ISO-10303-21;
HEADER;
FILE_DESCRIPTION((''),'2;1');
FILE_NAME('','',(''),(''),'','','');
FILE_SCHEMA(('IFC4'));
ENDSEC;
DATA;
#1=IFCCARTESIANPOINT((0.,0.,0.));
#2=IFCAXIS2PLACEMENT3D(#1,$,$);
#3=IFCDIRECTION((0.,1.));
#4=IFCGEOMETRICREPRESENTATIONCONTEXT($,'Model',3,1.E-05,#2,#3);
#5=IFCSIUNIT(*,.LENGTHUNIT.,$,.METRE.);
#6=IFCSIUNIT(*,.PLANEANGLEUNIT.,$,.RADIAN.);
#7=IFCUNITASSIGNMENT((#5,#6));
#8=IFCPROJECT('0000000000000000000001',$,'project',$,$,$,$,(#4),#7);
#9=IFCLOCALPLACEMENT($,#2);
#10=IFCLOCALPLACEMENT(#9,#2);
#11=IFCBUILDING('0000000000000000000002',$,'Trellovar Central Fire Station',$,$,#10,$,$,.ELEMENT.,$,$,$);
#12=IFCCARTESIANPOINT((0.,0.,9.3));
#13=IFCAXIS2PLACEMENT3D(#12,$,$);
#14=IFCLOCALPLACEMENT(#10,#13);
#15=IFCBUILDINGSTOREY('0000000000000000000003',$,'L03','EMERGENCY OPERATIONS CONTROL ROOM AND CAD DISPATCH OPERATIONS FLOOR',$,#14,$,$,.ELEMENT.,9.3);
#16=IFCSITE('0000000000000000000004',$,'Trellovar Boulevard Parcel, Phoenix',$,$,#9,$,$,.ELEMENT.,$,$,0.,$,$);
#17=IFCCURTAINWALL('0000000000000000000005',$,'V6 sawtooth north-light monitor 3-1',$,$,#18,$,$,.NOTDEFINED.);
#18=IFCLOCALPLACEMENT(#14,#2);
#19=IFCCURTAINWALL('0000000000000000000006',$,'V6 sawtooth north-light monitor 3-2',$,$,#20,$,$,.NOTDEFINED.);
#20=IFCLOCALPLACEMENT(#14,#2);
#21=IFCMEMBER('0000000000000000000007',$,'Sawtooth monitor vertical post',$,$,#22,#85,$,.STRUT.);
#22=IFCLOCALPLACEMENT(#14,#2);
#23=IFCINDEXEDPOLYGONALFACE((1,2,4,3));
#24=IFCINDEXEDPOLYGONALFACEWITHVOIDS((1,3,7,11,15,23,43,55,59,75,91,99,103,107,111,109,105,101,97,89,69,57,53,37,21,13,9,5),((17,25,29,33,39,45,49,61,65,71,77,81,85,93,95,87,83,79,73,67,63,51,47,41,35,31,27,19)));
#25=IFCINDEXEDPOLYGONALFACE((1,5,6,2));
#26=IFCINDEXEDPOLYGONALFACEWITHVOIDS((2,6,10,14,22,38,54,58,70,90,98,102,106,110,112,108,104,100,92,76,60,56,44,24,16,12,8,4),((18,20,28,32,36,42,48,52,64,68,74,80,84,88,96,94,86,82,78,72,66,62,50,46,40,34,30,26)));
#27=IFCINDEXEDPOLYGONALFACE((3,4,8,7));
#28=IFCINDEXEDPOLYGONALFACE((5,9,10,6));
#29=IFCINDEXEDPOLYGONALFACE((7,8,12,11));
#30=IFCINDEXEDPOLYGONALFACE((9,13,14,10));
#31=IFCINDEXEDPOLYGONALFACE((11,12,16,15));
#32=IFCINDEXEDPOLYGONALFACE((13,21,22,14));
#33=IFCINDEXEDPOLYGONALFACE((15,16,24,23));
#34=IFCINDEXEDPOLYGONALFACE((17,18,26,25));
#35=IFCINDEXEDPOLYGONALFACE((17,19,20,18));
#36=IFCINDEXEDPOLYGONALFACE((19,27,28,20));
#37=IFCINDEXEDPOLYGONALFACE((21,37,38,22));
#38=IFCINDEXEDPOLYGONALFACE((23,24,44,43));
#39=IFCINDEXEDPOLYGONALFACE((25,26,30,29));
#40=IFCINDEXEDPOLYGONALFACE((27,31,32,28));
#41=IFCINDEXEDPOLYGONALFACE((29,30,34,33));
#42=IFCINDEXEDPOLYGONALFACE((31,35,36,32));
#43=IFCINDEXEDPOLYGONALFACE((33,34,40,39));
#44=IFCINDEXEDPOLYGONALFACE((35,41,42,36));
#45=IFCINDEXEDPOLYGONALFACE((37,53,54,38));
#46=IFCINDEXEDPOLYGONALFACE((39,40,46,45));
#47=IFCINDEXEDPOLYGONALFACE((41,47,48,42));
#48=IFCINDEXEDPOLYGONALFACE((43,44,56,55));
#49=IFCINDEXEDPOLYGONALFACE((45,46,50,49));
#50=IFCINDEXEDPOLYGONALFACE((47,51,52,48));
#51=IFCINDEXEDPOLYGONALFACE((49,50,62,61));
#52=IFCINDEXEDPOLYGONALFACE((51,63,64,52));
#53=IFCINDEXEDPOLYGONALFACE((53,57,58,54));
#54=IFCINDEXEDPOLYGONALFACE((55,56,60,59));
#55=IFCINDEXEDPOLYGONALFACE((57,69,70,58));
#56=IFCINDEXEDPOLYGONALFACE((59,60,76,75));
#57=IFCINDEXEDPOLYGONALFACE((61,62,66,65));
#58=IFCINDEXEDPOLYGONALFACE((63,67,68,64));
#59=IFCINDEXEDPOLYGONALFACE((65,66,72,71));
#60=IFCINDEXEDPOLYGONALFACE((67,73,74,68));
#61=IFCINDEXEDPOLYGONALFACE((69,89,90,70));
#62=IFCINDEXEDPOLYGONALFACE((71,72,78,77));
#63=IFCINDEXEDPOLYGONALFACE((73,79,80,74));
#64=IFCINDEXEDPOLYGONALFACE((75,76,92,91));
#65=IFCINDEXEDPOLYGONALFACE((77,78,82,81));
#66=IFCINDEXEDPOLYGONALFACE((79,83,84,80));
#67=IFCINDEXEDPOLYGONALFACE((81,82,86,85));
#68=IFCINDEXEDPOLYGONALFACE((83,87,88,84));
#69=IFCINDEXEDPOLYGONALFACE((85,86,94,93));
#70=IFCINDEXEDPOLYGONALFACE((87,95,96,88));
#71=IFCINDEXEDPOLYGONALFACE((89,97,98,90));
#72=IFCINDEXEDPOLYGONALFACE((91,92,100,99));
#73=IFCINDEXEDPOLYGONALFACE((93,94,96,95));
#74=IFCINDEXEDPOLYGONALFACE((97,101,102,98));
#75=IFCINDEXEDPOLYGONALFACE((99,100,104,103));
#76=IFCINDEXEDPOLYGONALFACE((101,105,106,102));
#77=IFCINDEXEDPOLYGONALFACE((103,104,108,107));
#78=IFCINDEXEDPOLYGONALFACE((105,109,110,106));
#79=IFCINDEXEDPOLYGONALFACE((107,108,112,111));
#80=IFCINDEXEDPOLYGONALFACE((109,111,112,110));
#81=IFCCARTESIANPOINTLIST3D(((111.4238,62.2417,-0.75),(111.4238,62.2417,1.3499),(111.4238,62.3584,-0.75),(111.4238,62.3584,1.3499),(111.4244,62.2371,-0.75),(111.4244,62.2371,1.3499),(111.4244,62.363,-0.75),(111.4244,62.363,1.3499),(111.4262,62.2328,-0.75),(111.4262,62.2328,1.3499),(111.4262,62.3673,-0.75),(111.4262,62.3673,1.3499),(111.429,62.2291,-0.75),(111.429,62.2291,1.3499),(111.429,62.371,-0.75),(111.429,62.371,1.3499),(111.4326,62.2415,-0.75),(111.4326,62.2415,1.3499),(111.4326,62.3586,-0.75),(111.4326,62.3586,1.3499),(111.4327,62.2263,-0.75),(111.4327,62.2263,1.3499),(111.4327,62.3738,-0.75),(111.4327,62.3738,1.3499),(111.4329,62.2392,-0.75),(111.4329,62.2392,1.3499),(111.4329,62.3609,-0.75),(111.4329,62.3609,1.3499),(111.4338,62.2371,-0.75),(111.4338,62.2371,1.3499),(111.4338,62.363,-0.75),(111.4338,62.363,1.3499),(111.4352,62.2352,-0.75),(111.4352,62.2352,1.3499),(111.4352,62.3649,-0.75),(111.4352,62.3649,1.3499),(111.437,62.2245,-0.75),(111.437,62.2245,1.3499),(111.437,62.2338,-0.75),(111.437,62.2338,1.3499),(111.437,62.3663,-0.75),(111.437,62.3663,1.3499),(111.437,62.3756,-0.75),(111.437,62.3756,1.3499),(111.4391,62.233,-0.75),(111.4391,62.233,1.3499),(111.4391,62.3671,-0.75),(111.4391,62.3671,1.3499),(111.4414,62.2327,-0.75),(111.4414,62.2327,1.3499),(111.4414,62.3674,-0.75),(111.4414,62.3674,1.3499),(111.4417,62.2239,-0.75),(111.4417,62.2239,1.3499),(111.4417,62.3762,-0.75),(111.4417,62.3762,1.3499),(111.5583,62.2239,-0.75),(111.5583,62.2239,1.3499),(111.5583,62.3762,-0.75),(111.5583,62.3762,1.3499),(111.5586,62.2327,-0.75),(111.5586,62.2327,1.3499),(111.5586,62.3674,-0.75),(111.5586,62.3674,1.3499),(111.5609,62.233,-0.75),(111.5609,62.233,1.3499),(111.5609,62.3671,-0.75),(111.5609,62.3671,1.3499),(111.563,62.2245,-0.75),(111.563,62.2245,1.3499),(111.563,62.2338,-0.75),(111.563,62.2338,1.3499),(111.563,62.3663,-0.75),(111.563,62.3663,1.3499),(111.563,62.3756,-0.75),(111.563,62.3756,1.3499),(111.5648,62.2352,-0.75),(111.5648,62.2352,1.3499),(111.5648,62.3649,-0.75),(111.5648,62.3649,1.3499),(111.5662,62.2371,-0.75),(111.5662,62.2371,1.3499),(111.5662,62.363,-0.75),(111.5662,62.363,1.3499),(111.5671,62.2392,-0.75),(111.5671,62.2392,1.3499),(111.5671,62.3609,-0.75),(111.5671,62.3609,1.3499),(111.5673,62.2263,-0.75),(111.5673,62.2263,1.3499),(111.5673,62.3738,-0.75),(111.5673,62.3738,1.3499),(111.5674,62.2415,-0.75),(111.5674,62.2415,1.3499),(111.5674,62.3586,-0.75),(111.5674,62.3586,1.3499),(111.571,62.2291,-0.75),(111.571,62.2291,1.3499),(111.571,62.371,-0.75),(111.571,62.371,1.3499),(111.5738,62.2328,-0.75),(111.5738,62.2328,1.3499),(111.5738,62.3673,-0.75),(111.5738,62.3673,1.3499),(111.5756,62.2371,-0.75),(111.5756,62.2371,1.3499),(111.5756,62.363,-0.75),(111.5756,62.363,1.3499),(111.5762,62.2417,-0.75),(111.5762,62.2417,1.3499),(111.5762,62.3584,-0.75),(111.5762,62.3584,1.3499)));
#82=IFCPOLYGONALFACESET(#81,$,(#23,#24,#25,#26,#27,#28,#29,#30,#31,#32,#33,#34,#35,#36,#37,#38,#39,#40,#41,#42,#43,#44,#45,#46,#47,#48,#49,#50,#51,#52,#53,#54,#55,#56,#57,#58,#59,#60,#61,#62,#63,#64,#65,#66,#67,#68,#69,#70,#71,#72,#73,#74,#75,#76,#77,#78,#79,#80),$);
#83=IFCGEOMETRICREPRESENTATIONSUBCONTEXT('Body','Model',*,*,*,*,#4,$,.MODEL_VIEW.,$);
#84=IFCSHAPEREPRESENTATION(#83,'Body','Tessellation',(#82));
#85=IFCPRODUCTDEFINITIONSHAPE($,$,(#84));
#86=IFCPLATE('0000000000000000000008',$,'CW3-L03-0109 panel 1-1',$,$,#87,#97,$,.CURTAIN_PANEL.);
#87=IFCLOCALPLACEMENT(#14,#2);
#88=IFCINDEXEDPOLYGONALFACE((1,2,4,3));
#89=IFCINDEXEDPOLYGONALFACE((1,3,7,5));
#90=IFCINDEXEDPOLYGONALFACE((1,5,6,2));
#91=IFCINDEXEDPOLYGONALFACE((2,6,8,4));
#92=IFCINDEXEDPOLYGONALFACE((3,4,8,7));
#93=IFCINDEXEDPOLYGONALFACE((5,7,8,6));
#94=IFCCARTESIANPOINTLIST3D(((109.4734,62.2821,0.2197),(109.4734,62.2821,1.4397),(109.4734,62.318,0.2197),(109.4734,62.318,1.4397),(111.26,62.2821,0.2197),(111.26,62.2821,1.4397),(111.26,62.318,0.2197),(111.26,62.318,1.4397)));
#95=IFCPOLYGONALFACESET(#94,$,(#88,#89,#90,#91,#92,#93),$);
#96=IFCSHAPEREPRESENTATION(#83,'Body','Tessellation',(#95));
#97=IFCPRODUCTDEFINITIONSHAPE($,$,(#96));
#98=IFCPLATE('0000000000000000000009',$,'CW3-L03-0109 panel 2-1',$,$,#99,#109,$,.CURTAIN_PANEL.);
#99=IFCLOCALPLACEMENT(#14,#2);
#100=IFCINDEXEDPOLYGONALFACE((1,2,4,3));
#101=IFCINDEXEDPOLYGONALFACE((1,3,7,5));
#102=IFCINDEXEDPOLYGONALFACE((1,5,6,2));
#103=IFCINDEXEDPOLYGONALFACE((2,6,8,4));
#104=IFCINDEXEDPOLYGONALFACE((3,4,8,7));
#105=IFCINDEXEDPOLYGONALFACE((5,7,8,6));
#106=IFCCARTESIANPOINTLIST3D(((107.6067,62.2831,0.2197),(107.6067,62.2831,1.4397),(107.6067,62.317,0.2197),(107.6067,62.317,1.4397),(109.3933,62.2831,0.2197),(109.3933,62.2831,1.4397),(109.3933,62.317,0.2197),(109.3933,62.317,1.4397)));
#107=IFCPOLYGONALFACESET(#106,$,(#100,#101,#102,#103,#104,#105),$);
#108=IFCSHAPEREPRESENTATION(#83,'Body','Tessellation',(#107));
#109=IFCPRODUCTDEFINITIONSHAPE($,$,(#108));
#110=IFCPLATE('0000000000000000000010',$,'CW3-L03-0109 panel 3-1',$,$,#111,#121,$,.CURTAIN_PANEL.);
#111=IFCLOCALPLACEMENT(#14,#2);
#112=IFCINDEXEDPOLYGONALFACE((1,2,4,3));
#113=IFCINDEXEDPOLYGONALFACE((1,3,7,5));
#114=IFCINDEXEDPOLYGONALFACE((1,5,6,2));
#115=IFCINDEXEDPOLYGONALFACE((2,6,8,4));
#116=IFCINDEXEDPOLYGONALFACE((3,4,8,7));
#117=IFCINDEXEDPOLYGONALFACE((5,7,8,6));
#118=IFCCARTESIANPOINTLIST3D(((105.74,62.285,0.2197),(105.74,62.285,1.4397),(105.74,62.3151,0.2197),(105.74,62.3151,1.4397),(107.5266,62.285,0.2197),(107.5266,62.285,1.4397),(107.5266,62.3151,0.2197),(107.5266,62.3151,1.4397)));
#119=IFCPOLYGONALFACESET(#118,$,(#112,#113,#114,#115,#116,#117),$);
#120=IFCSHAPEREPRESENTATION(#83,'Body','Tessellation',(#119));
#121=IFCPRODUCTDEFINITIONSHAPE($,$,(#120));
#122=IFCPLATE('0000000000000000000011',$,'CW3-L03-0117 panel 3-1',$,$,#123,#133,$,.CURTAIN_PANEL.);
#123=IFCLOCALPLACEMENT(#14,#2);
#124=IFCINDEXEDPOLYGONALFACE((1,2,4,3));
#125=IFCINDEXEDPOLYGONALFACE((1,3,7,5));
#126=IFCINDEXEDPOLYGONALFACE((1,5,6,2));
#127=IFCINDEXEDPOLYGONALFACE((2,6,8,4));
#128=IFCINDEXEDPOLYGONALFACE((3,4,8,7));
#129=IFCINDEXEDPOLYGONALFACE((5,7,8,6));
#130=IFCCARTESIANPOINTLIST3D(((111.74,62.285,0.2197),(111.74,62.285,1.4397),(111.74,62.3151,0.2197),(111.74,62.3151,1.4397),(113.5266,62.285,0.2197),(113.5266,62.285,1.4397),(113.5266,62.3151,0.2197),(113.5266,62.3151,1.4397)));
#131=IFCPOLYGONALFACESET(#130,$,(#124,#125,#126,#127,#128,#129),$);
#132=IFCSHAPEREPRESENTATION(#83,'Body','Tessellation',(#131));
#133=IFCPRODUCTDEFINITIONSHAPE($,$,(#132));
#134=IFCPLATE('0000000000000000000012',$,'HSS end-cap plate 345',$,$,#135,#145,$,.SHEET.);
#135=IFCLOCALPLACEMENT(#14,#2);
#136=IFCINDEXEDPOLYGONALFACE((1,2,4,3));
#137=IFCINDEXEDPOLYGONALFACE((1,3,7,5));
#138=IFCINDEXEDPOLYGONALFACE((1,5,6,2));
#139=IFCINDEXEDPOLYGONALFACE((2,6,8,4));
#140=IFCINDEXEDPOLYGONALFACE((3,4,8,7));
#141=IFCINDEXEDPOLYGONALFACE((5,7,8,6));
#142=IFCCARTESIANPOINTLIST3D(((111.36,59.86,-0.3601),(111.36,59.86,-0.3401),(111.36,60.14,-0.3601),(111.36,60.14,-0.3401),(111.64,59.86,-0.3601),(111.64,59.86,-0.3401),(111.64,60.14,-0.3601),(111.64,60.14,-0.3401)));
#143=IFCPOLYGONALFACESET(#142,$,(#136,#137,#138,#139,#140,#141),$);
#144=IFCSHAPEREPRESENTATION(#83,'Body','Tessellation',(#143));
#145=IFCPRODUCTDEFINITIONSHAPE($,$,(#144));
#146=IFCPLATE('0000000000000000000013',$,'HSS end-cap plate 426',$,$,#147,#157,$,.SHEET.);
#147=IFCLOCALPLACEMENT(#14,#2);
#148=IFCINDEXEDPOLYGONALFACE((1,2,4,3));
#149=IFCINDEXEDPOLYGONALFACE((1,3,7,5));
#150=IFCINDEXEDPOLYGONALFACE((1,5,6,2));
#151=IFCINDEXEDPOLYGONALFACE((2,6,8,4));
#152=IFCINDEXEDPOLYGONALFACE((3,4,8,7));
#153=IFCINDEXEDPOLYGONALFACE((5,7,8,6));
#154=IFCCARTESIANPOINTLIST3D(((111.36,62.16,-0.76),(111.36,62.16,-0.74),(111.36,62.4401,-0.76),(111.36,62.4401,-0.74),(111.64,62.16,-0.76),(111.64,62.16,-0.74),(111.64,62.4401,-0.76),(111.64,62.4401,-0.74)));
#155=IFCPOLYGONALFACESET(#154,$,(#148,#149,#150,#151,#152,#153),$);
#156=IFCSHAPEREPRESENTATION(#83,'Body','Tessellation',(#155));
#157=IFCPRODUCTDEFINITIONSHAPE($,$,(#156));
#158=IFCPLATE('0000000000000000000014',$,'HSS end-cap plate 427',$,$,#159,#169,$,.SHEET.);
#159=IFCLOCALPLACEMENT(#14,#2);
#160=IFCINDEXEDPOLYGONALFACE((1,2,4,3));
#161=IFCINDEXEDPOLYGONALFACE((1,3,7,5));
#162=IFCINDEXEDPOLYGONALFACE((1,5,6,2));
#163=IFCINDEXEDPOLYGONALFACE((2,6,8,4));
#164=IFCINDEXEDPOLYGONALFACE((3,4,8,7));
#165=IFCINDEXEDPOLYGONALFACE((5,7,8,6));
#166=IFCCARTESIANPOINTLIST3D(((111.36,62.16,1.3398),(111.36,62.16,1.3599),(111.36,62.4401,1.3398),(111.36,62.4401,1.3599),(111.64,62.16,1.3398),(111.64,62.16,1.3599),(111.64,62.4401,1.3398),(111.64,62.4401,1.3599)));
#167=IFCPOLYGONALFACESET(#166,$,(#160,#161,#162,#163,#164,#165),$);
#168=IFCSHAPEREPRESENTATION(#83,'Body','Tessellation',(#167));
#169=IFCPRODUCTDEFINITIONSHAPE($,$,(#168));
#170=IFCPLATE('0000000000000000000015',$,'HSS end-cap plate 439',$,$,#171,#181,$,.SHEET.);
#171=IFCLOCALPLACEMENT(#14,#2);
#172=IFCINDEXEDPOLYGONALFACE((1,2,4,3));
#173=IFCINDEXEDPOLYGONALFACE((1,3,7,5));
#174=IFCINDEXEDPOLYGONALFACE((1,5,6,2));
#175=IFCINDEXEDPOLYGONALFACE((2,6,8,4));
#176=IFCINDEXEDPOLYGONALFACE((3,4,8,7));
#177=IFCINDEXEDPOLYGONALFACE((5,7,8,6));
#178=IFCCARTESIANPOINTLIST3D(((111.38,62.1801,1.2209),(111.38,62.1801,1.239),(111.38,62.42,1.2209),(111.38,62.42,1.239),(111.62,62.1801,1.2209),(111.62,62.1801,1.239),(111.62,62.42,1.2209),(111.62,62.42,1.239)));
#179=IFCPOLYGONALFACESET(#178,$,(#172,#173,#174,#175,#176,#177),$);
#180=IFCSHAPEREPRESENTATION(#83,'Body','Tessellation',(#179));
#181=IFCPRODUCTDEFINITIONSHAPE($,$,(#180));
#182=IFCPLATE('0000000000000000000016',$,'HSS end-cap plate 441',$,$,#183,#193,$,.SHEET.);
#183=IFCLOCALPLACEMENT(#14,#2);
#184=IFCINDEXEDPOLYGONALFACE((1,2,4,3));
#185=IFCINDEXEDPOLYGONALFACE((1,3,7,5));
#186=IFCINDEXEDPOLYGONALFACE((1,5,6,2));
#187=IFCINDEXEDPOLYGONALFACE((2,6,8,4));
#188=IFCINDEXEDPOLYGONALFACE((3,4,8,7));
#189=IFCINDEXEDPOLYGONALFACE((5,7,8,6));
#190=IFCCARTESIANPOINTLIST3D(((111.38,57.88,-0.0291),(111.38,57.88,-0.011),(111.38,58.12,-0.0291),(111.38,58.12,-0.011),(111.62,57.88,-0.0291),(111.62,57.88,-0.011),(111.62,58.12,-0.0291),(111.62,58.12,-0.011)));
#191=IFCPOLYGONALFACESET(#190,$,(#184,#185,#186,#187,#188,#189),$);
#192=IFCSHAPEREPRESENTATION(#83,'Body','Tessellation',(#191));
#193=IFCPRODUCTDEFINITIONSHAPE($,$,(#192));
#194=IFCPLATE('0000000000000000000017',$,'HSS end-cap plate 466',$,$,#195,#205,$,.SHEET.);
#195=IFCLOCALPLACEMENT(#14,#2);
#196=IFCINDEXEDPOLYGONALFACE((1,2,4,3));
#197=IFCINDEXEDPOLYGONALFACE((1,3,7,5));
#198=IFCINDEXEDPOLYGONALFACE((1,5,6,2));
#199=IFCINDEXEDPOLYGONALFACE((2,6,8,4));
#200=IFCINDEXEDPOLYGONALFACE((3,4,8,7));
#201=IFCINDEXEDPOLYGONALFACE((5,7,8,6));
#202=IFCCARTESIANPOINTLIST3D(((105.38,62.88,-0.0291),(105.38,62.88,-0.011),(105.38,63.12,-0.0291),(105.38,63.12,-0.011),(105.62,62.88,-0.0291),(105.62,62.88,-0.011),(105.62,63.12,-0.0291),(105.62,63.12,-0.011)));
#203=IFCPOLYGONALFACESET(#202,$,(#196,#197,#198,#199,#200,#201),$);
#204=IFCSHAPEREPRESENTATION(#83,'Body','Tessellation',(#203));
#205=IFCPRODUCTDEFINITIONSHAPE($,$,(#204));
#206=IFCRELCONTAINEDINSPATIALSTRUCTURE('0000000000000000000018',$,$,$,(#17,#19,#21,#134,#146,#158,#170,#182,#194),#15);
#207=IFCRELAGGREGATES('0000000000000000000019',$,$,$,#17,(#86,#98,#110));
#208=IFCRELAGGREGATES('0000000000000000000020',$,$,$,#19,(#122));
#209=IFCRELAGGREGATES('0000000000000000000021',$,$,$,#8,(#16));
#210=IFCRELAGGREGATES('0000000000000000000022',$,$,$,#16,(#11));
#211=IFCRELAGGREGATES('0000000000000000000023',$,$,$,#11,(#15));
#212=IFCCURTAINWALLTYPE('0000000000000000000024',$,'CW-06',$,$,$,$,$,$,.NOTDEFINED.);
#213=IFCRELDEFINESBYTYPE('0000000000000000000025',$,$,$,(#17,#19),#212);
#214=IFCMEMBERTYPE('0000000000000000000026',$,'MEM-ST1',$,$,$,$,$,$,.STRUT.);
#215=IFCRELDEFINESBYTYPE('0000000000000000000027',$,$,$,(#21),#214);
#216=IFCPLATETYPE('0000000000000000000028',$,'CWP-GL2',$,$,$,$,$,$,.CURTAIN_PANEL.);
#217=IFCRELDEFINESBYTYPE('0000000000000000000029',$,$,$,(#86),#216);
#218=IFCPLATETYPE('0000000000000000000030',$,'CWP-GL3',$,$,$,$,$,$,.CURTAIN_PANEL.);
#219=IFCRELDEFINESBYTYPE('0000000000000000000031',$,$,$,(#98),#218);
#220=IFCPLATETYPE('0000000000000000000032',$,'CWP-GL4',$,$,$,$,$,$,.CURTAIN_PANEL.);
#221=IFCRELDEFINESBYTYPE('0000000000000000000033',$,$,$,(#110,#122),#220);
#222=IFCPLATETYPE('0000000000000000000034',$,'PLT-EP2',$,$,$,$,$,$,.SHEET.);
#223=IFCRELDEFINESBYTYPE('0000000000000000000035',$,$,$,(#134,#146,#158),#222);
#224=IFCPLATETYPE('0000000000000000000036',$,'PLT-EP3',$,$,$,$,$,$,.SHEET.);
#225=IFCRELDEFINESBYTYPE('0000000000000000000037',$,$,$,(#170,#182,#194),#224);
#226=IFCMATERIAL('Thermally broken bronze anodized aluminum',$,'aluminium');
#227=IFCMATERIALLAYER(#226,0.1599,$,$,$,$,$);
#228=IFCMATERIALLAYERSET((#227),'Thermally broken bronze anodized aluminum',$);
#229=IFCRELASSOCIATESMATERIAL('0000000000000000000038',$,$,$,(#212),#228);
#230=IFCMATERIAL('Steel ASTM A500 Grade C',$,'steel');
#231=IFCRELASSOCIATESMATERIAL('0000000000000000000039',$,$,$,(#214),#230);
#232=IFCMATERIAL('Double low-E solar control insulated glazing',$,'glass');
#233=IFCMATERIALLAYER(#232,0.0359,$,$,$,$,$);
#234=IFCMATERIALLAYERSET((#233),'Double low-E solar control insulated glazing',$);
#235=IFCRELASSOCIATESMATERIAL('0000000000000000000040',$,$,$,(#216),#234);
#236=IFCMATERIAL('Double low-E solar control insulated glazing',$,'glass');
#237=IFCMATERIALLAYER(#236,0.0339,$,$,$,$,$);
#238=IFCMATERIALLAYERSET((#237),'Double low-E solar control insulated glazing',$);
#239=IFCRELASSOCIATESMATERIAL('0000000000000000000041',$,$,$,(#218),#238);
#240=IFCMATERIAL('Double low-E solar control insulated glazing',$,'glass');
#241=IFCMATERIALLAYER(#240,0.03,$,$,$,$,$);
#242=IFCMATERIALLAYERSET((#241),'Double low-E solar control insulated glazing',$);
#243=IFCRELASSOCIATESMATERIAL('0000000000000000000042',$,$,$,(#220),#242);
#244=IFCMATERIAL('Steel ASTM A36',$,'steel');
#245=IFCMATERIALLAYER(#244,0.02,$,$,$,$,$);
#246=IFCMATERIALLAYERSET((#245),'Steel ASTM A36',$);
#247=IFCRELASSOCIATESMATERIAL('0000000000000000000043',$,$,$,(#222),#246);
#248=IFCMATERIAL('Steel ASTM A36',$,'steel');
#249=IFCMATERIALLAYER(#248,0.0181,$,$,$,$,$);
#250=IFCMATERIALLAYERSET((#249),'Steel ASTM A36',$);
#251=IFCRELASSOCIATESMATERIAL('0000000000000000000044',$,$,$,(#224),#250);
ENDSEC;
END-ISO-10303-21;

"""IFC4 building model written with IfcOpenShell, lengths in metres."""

from ifc_helpers import new_model, si_unit, direction, frame, origin, origin_2d, place, context, subcontext, project, spatial, rectangle, hollow_rectangle, extrude, material, layer, layer_set, material_profile, profile_set, type_object, element, aggregate, save


model = new_model("IFC4")

# Units and contexts
model_context = context("Model", 3, precision=1e-05, world=origin(), true_north=direction((0.0, 1.0)))
body_context = subcontext(model_context, "Body", "Model", "MODEL_VIEW")
ifc_project = project(units=[si_unit("LENGTHUNIT", "METRE"), si_unit("PLANEANGLEUNIT", "RADIAN")], contexts=[model_context])

# Site, building, storey
site_placement = place(None, origin())
site = spatial("IfcSite", under=ifc_project, at=site_placement, Name="Trellovar Boulevard Parcel, Phoenix", CompositionType="ELEMENT", RefElevation=0.0)
building_placement = place(site_placement, origin())
building = spatial("IfcBuilding", under=site, at=building_placement, Name="Trellovar Central Fire Station", CompositionType="ELEMENT")
storey_placement = place(building_placement, frame((0.0, 0.0, 9.3)))
storey = spatial("IfcBuildingStorey", under=building, at=storey_placement, Name="L03", Description="EMERGENCY OPERATIONS CONTROL ROOM AND CAD DISPATCH OPERATIONS FLOOR", CompositionType="ELEMENT", Elevation=9.3)

# Curtain wall
ifc_material_1 = material(Name="Thermally broken bronze anodized aluminum", Category="aluminium")
ifc_layer_1 = layer(ifc_material_1, 0.1599)
ifc_layer_set_1 = layer_set([ifc_layer_1], Name="Thermally broken bronze anodized aluminum")
curtain_wall_type = type_object("IfcCurtainWallType", Name="CW-06", PredefinedType="NOTDEFINED", material=ifc_layer_set_1)
curtain_wall_1_placement = place(storey_placement, origin())
curtain_wall_1 = element("IfcCurtainWall", 1, at=curtain_wall_1_placement, inside=storey, type_object=curtain_wall_type, Name="V6 sawtooth north-light monitor 3-1", PredefinedType="NOTDEFINED")

# Curtain wall
curtain_wall_2_placement = place(storey_placement, origin())
curtain_wall_2 = element("IfcCurtainWall", 2, at=curtain_wall_2_placement, inside=storey, type_object=curtain_wall_type, Name="V6 sawtooth north-light monitor 3-2", PredefinedType="NOTDEFINED")

# Member
ifc_material_2 = material(Name="Steel ASTM A500 Grade C", Category="steel")
ifc_material_profile_1 = material_profile(ifc_material_2, hollow_rectangle(XDim=0.1523, YDim=0.1523, WallThickness=0.0088, InnerFilletRadius=0.0088, OuterFilletRadius=0.0178, at=origin_2d()), Name="HSS6X6X3/8")
ifc_profile_set_1 = profile_set([ifc_material_profile_1], Name="Steel ASTM A500 Grade C")
member_type_1 = type_object("IfcMemberType", Name="MEM-ST1", PredefinedType="STRUT", material=ifc_profile_set_1)
member_1_placement = place(storey_placement, frame((111.5, 62.3, -0.75), z_axis=(0.0, 0.0, 1.0), x_axis=(1.0, 0.0, 0.0)))
element("IfcMember", 3, at=member_1_placement, inside=storey, type_object=member_type_1, Name="Sawtooth monitor vertical post", PredefinedType="STRUT", context=body_context, shape_type="SweptSolid", body=[
    extrude(hollow_rectangle(XDim=0.1523, YDim=0.1523, WallThickness=0.0088, InnerFilletRadius=0.0088, OuterFilletRadius=0.0178, at=origin_2d()), origin(), (0.0, 0.0, 1.0), 2.0999),
])

# Plates
ifc_material_3 = material(Name="Double low-E solar control insulated glazing", Category="glass")
ifc_layer_2 = layer(ifc_material_3, 0.0359)
ifc_layer_set_2 = layer_set([ifc_layer_2], Name="Double low-E solar control insulated glazing")
plate_type_1 = type_object("IfcPlateType", Name="CWP-GL2", PredefinedType="CURTAIN_PANEL", material=ifc_layer_set_2)
plate_1_placement = place(storey_placement, frame((110.3667, 62.3, 0.2197), z_axis=(0.0, 0.0, 1.0), x_axis=(-1.0, 0.0, 0.0)))
plate_1 = element("IfcPlate", 4, at=plate_1_placement, type_object=plate_type_1, Name="CW3-L03-0109 panel 1-1", PredefinedType="CURTAIN_PANEL", context=body_context, shape_type="SweptSolid", body=[
    extrude(rectangle(XDim=1.7866, YDim=0.0359, at=origin_2d()), origin(), (0.0, 0.0, 1.0), 1.22),
])
ifc_material_4 = material(Name="Double low-E solar control insulated glazing", Category="glass")
ifc_layer_3 = layer(ifc_material_4, 0.0339)
ifc_layer_set_3 = layer_set([ifc_layer_3], Name="Double low-E solar control insulated glazing")
plate_type_2 = type_object("IfcPlateType", Name="CWP-GL3", PredefinedType="CURTAIN_PANEL", material=ifc_layer_set_3)
plate_2_placement = place(storey_placement, frame((108.5, 62.3, 0.2197), z_axis=(0.0, 0.0, 1.0), x_axis=(-1.0, 0.0, 0.0)))
plate_2 = element("IfcPlate", 5, at=plate_2_placement, type_object=plate_type_2, Name="CW3-L03-0109 panel 2-1", PredefinedType="CURTAIN_PANEL", context=body_context, shape_type="SweptSolid", body=[
    extrude(rectangle(XDim=1.7866, YDim=0.0339, at=origin_2d()), origin(), (0.0, 0.0, 1.0), 1.22),
])
ifc_material_5 = material(Name="Double low-E solar control insulated glazing", Category="glass")
ifc_layer_4 = layer(ifc_material_5, 0.03)
ifc_layer_set_4 = layer_set([ifc_layer_4], Name="Double low-E solar control insulated glazing")
plate_type_3 = type_object("IfcPlateType", Name="CWP-GL4", PredefinedType="CURTAIN_PANEL", material=ifc_layer_set_4)
plate_3_placement = place(storey_placement, frame((106.6333, 62.3, 0.2197), z_axis=(0.0, 0.0, 1.0), x_axis=(-1.0, 0.0, 0.0)))
plate_3 = element("IfcPlate", 6, at=plate_3_placement, type_object=plate_type_3, Name="CW3-L03-0109 panel 3-1", PredefinedType="CURTAIN_PANEL", context=body_context, shape_type="SweptSolid", body=[
    extrude(rectangle(XDim=1.7866, YDim=0.03, at=origin_2d()), origin(), (0.0, 0.0, 1.0), 1.22),
])
aggregate(curtain_wall_1, [plate_1, plate_2, plate_3])
plate_4_placement = place(storey_placement, frame((112.6333, 62.3, 0.2197), z_axis=(0.0, 0.0, 1.0), x_axis=(-1.0, 0.0, 0.0)))
plate_4 = element("IfcPlate", 7, at=plate_4_placement, type_object=plate_type_3, Name="CW3-L03-0117 panel 3-1", PredefinedType="CURTAIN_PANEL", context=body_context, shape_type="SweptSolid", body=[
    extrude(rectangle(XDim=1.7866, YDim=0.03, at=origin_2d()), origin(), (0.0, 0.0, 1.0), 1.22),
])
aggregate(curtain_wall_2, [plate_4])

# Plates
ifc_material_6 = material(Name="Steel ASTM A36", Category="steel")
ifc_layer_5 = layer(ifc_material_6, 0.02)
ifc_layer_set_5 = layer_set([ifc_layer_5], Name="Steel ASTM A36")
plate_type_4 = type_object("IfcPlateType", Name="PLT-EP2", PredefinedType="SHEET", material=ifc_layer_set_5)
for number, where, z_axis, x_axis, name in (
    (8, (111.5, 60.0, -0.3601), (0.0, 0.0, 1.0), (1.0, 0.0, 0.0), "HSS end-cap plate 345"),
    (9, (111.5, 62.3, -0.76), (0.0, 0.0, 1.0), (1.0, 0.0, 0.0), "HSS end-cap plate 426"),
    (10, (111.5, 62.3, 1.3398), (0.0, 0.0, 1.0), (1.0, 0.0, 0.0), "HSS end-cap plate 427"),
):
    element("IfcPlate", number, at=place(storey_placement, frame(where, z_axis=z_axis, x_axis=x_axis)), inside=storey, type_object=plate_type_4, Name=name, PredefinedType="SHEET", context=body_context, shape_type="SweptSolid", body=[
        extrude(rectangle(XDim=0.28, YDim=0.28, at=origin_2d()), origin(), (0.0, 0.0, 1.0), 0.02),
    ])
ifc_material_7 = material(Name="Steel ASTM A36", Category="steel")
ifc_layer_6 = layer(ifc_material_7, 0.0181)
ifc_layer_set_6 = layer_set([ifc_layer_6], Name="Steel ASTM A36")
plate_type_5 = type_object("IfcPlateType", Name="PLT-EP3", PredefinedType="SHEET", material=ifc_layer_set_6)
for number, where, z_axis, x_axis, name in (
    (11, (111.5, 62.3, 1.2209), (0.0, 0.0, 1.0), (1.0, 0.0, 0.0), "HSS end-cap plate 439"),
    (12, (111.5, 58.0, -0.0291), (0.0, 0.0, 1.0), (1.0, 0.0, 0.0), "HSS end-cap plate 441"),
    (13, (105.5, 63.0, -0.0291), (0.0, 0.0, 1.0), (1.0, 0.0, 0.0), "HSS end-cap plate 466"),
):
    element("IfcPlate", number, at=place(storey_placement, frame(where, z_axis=z_axis, x_axis=x_axis)), inside=storey, type_object=plate_type_5, Name=name, PredefinedType="SHEET", context=body_context, shape_type="SweptSolid", body=[
        extrude(rectangle(XDim=0.24, YDim=0.24, at=origin_2d()), origin(), (0.0, 0.0, 1.0), 0.0181),
    ])

save(model, "model.ifc")
